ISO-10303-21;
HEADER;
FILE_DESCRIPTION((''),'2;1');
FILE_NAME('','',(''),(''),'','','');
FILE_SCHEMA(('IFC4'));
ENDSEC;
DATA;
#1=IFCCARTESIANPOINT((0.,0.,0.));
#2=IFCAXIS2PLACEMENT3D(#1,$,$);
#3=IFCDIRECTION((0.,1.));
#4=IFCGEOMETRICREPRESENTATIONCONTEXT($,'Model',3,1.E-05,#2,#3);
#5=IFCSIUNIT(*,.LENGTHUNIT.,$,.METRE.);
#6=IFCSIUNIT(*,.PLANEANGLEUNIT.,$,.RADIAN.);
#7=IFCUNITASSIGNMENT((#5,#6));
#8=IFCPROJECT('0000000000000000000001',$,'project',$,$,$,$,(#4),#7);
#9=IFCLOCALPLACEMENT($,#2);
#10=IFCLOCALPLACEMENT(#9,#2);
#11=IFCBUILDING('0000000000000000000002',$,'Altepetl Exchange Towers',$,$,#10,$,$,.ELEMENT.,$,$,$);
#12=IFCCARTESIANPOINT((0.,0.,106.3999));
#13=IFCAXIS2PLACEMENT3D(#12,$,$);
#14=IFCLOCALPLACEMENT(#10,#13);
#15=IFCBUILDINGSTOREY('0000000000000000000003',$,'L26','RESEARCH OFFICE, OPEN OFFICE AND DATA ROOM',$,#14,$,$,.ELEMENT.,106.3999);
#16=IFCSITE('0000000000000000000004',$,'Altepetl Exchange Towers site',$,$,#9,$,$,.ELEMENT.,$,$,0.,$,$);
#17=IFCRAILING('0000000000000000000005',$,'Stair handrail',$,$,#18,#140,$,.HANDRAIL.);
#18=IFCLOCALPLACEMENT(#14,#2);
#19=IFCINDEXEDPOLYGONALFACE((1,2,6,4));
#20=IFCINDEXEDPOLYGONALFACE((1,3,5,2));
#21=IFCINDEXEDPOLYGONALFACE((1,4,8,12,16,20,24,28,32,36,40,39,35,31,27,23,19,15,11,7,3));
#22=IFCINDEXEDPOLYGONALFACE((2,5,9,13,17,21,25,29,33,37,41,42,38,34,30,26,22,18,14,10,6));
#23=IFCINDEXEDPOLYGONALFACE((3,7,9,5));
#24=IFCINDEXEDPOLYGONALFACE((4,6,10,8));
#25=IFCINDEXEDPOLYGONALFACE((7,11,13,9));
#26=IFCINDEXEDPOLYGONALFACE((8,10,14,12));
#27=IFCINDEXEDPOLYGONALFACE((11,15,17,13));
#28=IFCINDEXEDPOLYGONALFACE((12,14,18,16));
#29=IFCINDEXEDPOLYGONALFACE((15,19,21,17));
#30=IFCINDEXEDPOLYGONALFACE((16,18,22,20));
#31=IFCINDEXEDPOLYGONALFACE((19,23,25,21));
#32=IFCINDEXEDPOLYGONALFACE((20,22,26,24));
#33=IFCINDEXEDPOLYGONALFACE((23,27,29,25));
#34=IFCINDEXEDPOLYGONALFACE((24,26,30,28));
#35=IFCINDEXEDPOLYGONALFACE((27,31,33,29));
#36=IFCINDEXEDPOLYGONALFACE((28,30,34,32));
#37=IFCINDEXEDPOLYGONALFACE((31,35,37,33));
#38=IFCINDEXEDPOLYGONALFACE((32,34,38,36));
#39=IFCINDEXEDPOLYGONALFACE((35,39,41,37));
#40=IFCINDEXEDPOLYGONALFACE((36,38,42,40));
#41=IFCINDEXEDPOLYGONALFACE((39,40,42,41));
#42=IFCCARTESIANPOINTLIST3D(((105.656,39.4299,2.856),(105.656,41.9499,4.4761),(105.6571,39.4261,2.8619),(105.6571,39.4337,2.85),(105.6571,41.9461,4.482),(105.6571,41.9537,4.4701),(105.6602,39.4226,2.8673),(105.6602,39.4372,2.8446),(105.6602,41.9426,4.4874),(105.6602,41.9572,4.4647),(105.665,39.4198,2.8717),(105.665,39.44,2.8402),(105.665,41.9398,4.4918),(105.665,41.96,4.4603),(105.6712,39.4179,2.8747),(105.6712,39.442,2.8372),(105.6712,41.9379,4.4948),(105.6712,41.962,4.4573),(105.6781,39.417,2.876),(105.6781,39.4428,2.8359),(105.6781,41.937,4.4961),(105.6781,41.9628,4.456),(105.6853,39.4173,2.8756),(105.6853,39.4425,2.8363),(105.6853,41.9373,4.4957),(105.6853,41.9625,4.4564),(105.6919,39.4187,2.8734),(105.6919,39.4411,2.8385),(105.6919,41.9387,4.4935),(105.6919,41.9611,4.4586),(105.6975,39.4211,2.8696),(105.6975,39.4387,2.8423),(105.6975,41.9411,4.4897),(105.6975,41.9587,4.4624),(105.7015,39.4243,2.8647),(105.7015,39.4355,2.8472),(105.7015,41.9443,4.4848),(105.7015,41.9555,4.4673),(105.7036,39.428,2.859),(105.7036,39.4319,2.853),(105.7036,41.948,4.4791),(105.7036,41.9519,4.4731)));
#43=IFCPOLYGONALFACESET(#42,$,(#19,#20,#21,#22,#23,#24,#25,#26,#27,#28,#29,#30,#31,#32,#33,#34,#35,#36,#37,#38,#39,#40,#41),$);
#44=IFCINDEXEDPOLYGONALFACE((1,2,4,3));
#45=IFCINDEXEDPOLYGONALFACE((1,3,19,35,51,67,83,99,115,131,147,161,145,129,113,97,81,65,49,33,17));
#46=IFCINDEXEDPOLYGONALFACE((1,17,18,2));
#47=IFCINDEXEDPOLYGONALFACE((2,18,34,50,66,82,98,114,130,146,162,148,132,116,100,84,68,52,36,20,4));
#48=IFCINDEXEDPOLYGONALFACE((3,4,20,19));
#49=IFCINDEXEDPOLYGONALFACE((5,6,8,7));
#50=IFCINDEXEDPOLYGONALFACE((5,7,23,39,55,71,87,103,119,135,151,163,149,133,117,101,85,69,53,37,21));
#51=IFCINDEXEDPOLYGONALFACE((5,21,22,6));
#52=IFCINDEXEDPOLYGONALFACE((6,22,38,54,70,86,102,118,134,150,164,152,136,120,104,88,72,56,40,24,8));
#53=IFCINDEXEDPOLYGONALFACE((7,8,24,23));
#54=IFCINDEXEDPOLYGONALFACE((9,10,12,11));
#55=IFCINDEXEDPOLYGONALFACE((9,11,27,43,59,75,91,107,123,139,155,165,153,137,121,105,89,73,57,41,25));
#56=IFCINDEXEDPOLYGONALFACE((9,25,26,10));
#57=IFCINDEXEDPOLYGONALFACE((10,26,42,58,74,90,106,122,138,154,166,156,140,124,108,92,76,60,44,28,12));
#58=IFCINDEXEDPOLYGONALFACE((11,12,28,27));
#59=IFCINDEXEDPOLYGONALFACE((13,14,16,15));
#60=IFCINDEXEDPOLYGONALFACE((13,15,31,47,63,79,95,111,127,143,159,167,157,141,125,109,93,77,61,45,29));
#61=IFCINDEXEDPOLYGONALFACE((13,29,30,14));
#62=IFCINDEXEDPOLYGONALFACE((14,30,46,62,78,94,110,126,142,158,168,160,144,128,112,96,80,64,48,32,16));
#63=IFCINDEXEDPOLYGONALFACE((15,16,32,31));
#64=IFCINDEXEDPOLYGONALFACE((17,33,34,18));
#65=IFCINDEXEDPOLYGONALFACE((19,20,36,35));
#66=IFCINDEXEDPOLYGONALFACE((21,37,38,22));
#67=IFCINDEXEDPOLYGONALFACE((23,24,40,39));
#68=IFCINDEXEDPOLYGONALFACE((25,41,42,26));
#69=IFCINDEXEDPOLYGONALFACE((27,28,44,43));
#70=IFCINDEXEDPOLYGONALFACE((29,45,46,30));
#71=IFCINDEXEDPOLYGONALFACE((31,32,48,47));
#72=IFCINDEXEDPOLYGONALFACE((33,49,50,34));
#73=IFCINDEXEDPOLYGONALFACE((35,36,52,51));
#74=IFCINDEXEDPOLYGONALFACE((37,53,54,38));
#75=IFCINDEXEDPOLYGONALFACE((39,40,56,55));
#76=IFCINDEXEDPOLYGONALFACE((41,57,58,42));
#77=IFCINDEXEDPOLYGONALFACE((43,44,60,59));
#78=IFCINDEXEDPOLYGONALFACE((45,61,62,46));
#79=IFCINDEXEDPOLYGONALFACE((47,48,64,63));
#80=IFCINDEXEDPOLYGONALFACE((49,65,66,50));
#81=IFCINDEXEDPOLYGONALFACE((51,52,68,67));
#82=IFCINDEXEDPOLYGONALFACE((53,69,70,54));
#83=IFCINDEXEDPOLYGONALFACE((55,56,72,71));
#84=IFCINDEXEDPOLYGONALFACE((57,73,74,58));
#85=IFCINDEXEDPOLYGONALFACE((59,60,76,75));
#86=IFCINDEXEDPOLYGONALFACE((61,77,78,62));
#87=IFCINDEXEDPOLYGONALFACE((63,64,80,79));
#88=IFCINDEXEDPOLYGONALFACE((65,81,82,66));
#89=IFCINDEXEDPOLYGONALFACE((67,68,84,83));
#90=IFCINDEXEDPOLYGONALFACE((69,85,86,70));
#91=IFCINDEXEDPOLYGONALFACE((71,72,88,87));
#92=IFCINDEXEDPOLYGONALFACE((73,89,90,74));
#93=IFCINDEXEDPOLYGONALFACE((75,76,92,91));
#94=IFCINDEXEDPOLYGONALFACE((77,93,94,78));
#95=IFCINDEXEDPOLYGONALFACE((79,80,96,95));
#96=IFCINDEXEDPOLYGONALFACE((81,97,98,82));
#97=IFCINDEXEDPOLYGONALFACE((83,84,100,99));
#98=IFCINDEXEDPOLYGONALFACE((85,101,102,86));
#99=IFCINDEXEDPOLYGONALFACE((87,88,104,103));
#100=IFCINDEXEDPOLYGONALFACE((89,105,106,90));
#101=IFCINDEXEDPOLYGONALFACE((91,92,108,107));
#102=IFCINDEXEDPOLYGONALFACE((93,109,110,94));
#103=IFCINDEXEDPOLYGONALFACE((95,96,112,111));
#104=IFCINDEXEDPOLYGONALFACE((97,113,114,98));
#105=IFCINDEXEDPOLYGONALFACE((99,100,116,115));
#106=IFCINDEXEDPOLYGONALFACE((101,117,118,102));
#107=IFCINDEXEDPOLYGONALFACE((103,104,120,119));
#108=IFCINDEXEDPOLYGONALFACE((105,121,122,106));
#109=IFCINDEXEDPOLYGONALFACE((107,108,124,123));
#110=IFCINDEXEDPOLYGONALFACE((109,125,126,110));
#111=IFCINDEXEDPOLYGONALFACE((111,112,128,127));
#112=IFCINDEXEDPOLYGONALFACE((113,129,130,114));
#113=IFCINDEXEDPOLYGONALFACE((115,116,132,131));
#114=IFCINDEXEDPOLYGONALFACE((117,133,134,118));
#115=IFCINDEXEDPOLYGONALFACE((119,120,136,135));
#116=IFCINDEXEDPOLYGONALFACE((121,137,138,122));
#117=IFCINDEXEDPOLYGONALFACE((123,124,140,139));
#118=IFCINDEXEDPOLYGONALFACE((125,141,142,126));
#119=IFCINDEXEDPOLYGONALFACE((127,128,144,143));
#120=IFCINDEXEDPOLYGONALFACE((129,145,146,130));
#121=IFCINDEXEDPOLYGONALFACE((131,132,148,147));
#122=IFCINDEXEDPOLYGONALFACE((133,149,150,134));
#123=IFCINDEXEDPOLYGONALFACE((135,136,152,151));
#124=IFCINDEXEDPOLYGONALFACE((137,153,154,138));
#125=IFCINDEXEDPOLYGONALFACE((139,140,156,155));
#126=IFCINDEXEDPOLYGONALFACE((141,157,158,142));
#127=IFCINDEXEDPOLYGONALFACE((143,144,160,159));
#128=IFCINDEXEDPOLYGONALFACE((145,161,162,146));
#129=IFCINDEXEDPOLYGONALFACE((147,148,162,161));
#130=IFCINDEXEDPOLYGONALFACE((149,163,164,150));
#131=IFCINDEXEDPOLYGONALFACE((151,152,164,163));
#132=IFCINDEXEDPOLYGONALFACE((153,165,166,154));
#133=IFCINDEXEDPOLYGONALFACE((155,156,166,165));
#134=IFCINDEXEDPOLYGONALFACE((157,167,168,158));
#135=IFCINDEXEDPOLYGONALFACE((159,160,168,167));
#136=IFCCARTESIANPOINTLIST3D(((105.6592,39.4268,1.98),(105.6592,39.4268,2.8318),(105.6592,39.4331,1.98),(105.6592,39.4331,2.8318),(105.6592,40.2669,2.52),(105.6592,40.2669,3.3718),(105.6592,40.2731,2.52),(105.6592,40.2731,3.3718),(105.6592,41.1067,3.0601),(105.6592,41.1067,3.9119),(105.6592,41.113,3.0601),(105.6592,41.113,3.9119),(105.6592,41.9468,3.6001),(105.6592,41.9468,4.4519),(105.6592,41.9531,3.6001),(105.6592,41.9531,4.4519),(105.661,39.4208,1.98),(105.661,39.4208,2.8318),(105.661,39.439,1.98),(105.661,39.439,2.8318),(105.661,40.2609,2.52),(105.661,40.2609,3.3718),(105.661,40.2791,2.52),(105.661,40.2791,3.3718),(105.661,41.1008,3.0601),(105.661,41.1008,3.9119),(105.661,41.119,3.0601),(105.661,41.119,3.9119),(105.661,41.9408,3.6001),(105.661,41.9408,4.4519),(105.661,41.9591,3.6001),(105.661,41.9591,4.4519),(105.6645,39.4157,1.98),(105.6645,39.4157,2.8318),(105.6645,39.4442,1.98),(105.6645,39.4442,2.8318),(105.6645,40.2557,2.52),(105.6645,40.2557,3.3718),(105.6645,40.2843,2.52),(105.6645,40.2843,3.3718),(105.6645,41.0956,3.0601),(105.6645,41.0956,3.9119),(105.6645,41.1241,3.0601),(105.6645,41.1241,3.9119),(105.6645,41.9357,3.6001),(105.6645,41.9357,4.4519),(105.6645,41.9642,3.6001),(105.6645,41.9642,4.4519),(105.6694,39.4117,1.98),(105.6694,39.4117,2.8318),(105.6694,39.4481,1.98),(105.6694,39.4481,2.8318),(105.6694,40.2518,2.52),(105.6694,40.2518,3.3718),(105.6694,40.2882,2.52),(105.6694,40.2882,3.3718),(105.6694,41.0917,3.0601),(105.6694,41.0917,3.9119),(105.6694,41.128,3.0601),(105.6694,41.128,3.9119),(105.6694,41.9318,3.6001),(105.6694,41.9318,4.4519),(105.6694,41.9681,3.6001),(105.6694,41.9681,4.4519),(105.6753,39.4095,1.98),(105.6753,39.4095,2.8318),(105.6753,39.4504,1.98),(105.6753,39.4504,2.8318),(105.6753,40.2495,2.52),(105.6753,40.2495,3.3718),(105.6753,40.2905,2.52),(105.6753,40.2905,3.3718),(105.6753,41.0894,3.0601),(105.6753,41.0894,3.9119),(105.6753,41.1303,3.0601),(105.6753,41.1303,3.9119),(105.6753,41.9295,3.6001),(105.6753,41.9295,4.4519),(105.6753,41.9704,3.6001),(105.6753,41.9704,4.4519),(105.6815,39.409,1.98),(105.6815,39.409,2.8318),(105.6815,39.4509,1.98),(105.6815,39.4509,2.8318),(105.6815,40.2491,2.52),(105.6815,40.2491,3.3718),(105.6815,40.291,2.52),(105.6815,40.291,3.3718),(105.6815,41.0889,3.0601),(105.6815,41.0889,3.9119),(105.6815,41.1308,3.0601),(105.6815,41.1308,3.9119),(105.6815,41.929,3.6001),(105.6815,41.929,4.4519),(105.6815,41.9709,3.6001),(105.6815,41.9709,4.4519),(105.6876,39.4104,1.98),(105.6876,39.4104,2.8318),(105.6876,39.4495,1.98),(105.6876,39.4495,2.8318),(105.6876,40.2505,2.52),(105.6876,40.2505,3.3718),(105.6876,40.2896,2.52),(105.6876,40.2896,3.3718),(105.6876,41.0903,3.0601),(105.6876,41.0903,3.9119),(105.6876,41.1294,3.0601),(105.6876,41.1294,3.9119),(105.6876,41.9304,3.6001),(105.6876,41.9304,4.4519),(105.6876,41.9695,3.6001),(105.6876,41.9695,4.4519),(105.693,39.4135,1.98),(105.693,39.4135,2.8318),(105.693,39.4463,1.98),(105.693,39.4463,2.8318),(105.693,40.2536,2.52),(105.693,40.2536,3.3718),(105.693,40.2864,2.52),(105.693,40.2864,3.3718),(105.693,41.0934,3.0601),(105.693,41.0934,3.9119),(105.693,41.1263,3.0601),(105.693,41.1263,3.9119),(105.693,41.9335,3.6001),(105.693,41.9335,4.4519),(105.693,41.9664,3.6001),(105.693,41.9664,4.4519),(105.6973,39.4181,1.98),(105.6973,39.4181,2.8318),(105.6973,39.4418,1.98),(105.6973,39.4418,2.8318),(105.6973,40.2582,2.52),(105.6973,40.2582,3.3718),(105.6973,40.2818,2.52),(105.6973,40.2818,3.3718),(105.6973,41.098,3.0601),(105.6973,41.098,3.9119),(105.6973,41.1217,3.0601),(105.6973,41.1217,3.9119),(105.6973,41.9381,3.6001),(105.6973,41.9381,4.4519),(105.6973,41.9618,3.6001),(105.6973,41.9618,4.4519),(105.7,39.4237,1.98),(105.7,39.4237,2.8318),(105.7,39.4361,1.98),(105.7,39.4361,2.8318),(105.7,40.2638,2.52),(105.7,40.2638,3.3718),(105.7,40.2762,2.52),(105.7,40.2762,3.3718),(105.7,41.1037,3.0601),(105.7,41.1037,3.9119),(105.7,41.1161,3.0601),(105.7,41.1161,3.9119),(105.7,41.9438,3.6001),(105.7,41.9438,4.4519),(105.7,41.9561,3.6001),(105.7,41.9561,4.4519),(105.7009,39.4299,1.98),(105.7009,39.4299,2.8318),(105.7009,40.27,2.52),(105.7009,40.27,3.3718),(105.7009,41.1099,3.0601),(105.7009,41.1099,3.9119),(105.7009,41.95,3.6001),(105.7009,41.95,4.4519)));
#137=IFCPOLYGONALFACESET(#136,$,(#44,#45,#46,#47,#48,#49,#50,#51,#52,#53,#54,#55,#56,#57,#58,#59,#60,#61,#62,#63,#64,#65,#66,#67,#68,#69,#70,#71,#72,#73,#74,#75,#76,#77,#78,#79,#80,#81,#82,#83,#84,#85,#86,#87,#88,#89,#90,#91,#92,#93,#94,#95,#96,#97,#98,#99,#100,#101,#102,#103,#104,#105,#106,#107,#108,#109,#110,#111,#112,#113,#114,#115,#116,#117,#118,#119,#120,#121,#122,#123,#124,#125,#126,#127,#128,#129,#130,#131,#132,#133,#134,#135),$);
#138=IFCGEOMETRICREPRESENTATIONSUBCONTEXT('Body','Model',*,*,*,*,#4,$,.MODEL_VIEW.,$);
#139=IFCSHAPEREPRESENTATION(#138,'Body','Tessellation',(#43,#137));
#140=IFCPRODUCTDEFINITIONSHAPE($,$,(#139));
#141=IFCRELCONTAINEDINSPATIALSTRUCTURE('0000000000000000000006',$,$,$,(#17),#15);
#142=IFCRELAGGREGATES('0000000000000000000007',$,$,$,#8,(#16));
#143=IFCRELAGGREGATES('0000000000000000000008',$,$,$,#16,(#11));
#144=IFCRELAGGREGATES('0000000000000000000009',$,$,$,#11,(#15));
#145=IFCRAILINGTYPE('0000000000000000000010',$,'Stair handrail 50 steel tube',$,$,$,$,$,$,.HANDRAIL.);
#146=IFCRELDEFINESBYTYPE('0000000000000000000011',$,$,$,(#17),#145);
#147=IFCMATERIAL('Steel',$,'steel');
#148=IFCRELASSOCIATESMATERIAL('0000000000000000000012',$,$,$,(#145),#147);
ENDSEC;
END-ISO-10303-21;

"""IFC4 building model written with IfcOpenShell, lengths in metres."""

from ifc_helpers import new_model, si_unit, direction, frame, origin, origin_2d, place, context, subcontext, project, spatial, circle, extrude, source, transform, mapped, material, type_object, element, save


model = new_model("IFC4")

# Units and contexts
model_context = context("Model", 3, precision=1e-05, world=origin(), true_north=direction((0.0, 1.0)))
body_context = subcontext(model_context, "Body", "Model", "MODEL_VIEW")
ifc_project = project(units=[si_unit("LENGTHUNIT", "METRE"), si_unit("PLANEANGLEUNIT", "RADIAN")], contexts=[model_context])

# Site, building, storey
site_placement = place(None, origin())
site = spatial("IfcSite", under=ifc_project, at=site_placement, Name="Altepetl Exchange Towers site", CompositionType="ELEMENT", RefElevation=0.0)
building_placement = place(site_placement, origin())
building = spatial("IfcBuilding", under=site, at=building_placement, Name="Altepetl Exchange Towers", CompositionType="ELEMENT")
storey_placement = place(building_placement, frame((0.0, 0.0, 106.3999)))
storey = spatial("IfcBuildingStorey", under=building, at=storey_placement, Name="L26", Description="RESEARCH OFFICE, OPEN OFFICE AND DATA ROOM", CompositionType="ELEMENT", Elevation=106.3999)

# Railing
ifc_material_1 = material(Name="Steel", Category="steel")
railing_type = type_object("IfcRailingType", Name="Stair handrail 50 steel tube", PredefinedType="HANDRAIL", material=ifc_material_1)
shared_shape = source(origin(), body_context, "Body", "SweptSolid", [
    extrude(circle(Radius=0.021, at=origin_2d()), origin(), (0.0, 0.0, 1.0), 0.8518),
])
railing_1_placement = place(storey_placement, frame((105.6799, 39.4299, 1.98)))
element("IfcRailing", 1, at=railing_1_placement, inside=storey, type_object=railing_type, Name="Stair handrail", PredefinedType="HANDRAIL", context=body_context, shape_type="SweptSolid", body=[
    extrude(circle(Radius=0.0239, at=origin_2d()), frame((0.0, 0.0, 0.876), z_axis=(0.0, 0.841163, 0.540782), x_axis=(-1.0, 0.0, 0.0)), (0.0, 0.0, 1.0), 2.9958),
    mapped(shared_shape, transform((0.0, 0.0, 0.0))),
    mapped(shared_shape, transform((0.0, 0.8401, 0.54))),
    mapped(shared_shape, transform((0.0, 1.6799, 1.0801))),
    mapped(shared_shape, transform((0.0, 2.52, 1.6201))),
])

save(model, "model.ifc")
